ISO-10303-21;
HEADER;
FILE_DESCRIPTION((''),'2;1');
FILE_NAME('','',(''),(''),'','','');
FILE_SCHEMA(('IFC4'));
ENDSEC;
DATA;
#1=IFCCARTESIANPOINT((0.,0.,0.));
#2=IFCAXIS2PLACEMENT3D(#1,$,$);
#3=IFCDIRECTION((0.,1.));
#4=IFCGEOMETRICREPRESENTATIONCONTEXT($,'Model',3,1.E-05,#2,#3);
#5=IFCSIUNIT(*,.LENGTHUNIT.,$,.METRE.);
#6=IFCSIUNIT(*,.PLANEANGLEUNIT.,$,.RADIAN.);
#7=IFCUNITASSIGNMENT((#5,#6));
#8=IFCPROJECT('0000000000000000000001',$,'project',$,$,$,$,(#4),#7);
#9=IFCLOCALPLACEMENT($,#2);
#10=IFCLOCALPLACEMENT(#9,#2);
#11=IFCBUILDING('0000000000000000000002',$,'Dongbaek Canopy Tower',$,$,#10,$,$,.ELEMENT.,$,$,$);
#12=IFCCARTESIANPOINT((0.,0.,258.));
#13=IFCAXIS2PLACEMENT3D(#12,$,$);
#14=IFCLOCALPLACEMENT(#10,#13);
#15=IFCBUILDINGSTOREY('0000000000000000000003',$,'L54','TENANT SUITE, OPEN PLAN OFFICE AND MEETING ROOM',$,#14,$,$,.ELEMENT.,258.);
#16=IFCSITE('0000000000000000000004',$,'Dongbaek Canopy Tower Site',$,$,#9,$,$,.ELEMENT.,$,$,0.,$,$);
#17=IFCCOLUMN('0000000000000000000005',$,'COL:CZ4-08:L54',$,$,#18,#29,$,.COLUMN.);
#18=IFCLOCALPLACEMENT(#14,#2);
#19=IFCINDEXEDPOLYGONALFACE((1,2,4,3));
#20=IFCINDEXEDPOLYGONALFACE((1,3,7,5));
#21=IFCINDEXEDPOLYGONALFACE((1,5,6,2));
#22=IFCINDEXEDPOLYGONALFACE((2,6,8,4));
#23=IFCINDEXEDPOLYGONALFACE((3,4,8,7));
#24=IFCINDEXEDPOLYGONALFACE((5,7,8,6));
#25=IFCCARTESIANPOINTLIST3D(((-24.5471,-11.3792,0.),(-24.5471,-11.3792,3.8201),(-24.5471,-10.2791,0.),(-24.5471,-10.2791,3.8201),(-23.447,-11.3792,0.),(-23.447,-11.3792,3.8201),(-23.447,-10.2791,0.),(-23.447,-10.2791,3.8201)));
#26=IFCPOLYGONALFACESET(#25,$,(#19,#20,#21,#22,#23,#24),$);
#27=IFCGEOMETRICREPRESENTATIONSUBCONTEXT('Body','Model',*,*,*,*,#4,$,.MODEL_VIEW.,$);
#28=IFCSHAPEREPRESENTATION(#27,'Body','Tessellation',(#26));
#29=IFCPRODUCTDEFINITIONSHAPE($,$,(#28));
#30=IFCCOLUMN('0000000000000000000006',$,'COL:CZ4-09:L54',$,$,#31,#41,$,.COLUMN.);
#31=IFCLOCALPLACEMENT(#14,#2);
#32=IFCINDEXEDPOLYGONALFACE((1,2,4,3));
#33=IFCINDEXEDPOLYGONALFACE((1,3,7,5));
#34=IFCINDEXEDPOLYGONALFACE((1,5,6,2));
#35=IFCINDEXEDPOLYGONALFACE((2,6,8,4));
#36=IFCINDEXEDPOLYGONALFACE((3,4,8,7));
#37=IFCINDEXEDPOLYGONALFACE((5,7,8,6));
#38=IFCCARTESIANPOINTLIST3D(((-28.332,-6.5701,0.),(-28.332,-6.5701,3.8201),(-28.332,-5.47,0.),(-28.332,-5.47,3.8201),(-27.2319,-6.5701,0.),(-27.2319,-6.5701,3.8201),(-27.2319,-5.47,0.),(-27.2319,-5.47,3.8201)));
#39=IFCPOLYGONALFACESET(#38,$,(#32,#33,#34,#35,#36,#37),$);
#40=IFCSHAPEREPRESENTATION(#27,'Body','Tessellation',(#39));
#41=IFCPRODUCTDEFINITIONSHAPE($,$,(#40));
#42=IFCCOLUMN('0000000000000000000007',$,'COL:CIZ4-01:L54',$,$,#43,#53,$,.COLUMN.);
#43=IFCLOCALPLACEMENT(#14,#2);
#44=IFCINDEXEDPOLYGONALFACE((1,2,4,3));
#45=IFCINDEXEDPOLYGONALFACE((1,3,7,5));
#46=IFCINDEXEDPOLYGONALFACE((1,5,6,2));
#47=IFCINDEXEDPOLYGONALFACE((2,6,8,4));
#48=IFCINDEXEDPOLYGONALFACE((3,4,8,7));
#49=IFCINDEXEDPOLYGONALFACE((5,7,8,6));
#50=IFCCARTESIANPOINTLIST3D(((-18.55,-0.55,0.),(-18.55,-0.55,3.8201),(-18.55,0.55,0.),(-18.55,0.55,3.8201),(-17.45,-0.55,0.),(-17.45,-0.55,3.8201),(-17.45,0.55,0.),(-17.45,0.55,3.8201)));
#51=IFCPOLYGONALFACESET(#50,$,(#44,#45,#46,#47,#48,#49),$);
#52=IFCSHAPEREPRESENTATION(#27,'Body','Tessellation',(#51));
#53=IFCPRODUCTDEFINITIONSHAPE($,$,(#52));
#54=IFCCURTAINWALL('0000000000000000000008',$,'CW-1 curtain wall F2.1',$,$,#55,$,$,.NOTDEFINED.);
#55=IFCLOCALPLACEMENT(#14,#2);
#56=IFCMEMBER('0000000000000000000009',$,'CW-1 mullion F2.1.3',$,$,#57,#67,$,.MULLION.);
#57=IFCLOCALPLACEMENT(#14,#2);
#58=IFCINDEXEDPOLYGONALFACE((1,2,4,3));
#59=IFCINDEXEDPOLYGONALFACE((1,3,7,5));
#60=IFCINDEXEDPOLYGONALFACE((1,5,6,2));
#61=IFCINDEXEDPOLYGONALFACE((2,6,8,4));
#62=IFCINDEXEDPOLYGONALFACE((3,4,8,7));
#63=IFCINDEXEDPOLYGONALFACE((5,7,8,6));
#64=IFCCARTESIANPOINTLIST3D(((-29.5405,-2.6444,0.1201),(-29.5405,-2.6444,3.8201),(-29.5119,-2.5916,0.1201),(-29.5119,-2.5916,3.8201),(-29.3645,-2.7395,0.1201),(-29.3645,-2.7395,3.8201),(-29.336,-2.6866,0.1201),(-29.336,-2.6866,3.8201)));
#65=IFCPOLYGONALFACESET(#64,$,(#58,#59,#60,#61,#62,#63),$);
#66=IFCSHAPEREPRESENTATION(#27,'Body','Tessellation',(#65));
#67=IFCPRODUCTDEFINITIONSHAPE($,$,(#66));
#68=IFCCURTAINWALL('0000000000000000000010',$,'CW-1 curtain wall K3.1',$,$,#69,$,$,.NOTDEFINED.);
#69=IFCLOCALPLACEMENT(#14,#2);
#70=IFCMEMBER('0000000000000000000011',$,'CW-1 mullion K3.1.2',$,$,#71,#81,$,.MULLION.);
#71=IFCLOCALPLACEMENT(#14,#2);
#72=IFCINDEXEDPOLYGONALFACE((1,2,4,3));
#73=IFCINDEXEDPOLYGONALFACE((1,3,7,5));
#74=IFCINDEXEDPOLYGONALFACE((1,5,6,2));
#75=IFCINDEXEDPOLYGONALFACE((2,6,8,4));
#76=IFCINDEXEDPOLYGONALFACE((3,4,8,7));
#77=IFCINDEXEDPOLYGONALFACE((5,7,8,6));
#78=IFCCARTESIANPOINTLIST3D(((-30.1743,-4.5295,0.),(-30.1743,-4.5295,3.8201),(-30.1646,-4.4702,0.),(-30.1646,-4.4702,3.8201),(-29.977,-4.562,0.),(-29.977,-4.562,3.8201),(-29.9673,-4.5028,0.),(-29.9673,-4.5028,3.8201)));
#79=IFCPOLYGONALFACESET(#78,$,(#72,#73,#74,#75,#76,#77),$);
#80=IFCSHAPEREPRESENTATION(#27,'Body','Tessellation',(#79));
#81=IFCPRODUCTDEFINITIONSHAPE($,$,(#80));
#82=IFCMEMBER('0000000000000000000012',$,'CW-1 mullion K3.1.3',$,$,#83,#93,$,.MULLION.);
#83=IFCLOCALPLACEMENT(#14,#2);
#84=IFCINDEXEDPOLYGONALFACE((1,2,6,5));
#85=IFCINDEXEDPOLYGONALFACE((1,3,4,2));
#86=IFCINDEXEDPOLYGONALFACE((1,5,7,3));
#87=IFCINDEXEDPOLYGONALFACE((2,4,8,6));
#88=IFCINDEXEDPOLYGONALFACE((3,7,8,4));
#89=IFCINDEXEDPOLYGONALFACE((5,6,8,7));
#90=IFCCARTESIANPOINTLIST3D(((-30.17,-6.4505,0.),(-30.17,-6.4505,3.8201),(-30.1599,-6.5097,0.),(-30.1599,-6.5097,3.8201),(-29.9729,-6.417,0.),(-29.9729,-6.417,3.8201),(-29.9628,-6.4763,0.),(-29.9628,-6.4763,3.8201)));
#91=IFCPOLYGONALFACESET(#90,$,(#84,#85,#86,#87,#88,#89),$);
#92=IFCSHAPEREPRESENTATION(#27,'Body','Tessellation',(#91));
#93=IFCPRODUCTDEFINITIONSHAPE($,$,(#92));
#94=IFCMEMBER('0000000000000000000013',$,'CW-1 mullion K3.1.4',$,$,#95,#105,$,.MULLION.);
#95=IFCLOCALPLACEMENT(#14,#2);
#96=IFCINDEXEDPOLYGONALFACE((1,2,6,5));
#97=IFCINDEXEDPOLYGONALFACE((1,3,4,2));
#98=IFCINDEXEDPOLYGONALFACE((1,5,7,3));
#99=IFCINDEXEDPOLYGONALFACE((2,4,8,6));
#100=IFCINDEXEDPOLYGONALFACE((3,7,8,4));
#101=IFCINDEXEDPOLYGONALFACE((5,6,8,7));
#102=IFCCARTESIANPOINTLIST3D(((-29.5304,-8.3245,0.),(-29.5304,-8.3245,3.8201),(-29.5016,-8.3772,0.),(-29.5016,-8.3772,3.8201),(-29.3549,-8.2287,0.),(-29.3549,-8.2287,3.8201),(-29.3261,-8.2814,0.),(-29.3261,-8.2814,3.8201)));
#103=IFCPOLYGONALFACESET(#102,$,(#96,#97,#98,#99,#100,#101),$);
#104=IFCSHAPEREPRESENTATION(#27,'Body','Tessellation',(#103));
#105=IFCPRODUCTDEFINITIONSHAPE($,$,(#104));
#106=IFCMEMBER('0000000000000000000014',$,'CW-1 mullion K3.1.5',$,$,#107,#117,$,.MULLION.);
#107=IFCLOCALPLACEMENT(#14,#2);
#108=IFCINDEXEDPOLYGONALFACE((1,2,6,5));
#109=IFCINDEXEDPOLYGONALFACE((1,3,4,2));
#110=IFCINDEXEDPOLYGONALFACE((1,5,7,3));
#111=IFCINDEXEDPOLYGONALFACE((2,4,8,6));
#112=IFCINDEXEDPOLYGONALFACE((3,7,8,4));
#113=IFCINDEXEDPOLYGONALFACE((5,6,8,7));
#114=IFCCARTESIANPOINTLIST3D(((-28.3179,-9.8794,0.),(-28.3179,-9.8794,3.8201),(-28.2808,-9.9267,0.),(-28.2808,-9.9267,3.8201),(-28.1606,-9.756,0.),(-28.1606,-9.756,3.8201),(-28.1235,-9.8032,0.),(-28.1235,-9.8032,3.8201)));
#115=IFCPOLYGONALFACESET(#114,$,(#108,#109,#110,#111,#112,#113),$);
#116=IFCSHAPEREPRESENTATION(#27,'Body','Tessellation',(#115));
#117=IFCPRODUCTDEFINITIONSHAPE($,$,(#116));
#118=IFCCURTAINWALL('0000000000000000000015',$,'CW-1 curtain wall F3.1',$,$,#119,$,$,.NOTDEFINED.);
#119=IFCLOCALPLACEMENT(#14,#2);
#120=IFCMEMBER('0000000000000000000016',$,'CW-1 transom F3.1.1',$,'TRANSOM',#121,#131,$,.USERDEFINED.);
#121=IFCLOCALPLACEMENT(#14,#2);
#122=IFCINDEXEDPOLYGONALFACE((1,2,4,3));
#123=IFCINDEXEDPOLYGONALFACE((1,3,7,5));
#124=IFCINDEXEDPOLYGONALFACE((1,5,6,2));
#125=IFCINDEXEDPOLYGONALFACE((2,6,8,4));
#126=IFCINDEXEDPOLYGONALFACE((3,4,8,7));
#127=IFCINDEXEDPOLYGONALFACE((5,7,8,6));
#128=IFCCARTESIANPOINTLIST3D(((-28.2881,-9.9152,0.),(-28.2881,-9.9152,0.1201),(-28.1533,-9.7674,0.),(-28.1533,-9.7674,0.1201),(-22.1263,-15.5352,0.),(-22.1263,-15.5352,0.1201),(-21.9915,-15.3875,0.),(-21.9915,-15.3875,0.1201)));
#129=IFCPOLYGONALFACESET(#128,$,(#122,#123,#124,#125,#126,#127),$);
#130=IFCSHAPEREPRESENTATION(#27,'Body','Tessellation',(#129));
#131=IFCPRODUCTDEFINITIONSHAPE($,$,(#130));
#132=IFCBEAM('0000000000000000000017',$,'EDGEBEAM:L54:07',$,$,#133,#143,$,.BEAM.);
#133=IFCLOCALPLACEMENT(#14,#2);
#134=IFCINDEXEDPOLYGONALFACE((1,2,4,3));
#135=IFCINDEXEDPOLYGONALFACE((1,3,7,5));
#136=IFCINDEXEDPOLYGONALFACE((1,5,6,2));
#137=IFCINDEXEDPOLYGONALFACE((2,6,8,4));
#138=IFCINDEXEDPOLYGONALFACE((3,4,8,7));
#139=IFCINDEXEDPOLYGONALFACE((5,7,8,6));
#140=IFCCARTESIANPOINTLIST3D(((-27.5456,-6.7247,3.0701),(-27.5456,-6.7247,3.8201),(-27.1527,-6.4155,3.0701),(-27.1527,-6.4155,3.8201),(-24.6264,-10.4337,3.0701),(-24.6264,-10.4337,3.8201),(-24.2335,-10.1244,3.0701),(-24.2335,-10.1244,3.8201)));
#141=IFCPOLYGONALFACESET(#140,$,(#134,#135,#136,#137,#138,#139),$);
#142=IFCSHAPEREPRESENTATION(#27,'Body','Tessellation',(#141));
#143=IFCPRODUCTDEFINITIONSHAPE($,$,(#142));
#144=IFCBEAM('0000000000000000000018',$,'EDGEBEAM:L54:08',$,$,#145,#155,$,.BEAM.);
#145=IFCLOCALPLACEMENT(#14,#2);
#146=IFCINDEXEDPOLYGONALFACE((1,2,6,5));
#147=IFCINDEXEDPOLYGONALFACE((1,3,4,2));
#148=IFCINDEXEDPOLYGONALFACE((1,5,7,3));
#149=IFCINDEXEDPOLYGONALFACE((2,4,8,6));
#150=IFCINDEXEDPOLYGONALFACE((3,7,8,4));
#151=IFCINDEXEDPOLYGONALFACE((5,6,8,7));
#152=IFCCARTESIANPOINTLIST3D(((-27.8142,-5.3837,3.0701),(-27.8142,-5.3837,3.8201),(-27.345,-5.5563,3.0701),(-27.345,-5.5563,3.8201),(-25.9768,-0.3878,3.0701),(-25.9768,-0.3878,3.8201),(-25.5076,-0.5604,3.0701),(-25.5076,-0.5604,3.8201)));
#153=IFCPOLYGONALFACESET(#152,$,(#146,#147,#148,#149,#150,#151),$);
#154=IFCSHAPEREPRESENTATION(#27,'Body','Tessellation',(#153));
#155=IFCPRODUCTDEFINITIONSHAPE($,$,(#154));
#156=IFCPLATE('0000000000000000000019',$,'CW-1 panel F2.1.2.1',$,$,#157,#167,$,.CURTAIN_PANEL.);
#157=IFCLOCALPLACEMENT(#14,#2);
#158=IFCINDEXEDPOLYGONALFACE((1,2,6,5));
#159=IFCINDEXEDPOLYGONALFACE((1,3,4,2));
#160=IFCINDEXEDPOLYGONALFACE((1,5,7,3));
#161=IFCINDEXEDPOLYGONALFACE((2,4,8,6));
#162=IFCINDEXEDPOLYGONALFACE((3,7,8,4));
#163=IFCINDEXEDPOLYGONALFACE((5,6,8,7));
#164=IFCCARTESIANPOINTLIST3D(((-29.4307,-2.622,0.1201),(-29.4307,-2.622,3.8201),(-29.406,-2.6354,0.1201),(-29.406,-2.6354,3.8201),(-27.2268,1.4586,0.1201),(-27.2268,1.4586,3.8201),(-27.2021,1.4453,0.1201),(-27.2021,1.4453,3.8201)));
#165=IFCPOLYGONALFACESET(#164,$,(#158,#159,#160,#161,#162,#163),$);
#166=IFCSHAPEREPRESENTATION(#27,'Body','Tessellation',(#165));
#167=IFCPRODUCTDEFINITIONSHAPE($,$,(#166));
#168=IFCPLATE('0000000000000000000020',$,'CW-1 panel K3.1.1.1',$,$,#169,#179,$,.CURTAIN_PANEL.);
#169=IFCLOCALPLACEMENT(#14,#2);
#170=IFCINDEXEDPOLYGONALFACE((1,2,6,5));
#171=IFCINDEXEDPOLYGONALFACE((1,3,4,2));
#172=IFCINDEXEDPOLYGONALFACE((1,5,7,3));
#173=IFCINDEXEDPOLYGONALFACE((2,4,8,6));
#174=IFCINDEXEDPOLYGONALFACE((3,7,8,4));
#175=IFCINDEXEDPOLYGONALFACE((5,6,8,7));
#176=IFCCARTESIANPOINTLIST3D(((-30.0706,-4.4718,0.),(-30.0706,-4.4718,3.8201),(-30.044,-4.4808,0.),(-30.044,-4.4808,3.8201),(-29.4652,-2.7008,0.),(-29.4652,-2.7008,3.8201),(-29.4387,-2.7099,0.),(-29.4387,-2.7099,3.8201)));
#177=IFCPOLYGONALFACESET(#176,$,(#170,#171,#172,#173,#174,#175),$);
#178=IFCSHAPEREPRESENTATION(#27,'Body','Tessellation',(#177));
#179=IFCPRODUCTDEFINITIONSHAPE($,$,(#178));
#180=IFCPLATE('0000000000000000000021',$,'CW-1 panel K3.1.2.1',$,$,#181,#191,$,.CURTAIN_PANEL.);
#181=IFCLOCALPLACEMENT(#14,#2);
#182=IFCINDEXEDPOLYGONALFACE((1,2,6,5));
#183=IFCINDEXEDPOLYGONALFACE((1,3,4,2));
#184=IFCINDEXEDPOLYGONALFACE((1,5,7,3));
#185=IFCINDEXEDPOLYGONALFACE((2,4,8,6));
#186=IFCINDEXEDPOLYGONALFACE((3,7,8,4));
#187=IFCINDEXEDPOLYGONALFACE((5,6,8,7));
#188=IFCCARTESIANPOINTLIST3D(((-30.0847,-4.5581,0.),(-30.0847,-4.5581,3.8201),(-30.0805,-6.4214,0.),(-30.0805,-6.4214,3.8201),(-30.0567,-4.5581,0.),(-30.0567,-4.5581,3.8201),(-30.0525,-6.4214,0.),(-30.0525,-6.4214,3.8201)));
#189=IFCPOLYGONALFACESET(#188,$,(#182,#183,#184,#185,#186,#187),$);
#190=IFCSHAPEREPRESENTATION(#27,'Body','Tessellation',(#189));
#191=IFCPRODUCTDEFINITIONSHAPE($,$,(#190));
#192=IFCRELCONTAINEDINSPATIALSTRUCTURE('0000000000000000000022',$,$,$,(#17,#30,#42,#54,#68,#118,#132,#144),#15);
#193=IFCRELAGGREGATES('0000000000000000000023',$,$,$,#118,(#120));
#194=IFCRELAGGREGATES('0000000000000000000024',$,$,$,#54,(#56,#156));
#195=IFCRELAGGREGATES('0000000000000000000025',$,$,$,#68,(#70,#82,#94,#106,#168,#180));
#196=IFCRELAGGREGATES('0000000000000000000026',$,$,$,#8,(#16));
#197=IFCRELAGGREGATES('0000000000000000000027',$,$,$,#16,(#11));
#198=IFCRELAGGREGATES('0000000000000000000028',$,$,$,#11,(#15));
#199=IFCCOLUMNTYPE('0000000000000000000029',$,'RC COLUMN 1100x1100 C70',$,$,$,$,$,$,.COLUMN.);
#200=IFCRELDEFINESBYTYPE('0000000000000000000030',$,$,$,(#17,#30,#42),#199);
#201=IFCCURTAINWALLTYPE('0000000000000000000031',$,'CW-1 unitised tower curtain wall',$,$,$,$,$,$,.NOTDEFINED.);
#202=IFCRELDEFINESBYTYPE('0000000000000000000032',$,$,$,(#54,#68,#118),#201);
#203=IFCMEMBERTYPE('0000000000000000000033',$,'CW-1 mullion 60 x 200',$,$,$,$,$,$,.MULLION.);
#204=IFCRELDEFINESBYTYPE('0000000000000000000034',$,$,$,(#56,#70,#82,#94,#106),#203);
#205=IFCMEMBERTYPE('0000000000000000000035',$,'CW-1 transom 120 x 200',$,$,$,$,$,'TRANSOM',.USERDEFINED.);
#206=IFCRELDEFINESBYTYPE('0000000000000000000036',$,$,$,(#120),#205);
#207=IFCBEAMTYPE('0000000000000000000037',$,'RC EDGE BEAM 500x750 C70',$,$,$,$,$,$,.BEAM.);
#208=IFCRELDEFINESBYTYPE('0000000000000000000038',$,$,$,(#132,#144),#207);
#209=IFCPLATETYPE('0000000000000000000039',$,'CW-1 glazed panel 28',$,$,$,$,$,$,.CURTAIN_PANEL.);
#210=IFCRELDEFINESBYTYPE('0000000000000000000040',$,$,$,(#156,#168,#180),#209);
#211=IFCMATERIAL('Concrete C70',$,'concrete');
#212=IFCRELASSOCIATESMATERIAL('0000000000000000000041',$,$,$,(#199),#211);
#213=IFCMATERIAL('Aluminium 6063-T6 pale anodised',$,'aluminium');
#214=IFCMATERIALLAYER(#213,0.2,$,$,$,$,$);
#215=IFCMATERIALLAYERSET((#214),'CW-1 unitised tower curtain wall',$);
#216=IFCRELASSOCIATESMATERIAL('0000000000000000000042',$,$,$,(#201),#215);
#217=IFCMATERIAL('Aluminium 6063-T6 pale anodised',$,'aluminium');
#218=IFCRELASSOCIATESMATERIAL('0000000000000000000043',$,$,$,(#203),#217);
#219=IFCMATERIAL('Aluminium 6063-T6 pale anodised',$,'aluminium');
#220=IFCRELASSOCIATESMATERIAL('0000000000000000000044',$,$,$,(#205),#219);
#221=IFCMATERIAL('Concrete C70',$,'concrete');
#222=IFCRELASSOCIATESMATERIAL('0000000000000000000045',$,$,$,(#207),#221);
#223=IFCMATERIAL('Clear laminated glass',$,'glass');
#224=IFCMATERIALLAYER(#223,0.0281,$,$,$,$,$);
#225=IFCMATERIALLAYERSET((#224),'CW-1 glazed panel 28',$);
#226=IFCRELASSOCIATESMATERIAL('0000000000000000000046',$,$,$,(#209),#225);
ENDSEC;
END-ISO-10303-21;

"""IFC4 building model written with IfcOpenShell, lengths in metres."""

from ifc_helpers import new_model, si_unit, direction, frame, origin, origin_2d, place, context, subcontext, project, spatial, rectangle, extrude, material, layer, layer_set, material_profile, profile_set, type_object, element, aggregate, save


model = new_model("IFC4")

# Units and contexts
model_context = context("Model", 3, precision=1e-05, world=origin(), true_north=direction((0.0, 1.0)))
body_context = subcontext(model_context, "Body", "Model", "MODEL_VIEW")
ifc_project = project(units=[si_unit("LENGTHUNIT", "METRE"), si_unit("PLANEANGLEUNIT", "RADIAN")], contexts=[model_context])

# Site, building, storey
site_placement = place(None, origin())
site = spatial("IfcSite", under=ifc_project, at=site_placement, Name="Dongbaek Canopy Tower Site", CompositionType="ELEMENT", RefElevation=0.0)
building_placement = place(site_placement, origin())
building = spatial("IfcBuilding", under=site, at=building_placement, Name="Dongbaek Canopy Tower", CompositionType="ELEMENT")
storey_placement = place(building_placement, frame((0.0, 0.0, 258.0)))
storey = spatial("IfcBuildingStorey", under=building, at=storey_placement, Name="L54", Description="TENANT SUITE, OPEN PLAN OFFICE AND MEETING ROOM", CompositionType="ELEMENT", Elevation=258.0)

# Columns
ifc_material_1 = material(Name="Concrete C70", Category="concrete")
ifc_material_profile_1 = material_profile(ifc_material_1, rectangle(XDim=1.1001, YDim=1.1001, at=origin_2d()), Name="RC COLUMN 1100x1100 C70")
ifc_profile_set_1 = profile_set([ifc_material_profile_1], Name="Concrete C70")
column_type = type_object("IfcColumnType", Name="RC COLUMN 1100x1100 C70", PredefinedType="COLUMN", material=ifc_profile_set_1)
for number, where, z_axis, x_axis, name in (
    (1, (-23.9971, -10.8291, 0.0), (0.0, 0.0, 1.0), (1.0, 0.0, 0.0), "COL:CZ4-08:L54"),
    (2, (-27.782, -6.02, 0.0), (0.0, 0.0, 1.0), (1.0, 0.0, 0.0), "COL:CZ4-09:L54"),
    (3, (-18.0, 0.0, 0.0), (0.0, 0.0, 1.0), (1.0, 0.0, 0.0), "COL:CIZ4-01:L54"),
):
    element("IfcColumn", number, at=place(storey_placement, frame(where, z_axis=z_axis, x_axis=x_axis)), inside=storey, type_object=column_type, Name=name, PredefinedType="COLUMN", context=body_context, shape_type="SweptSolid", body=[
        extrude(rectangle(XDim=1.1001, YDim=1.1001, at=origin_2d()), origin(), (0.0, 0.0, 1.0), 3.8201),
    ])

# Curtain wall, member
ifc_material_2 = material(Name="Aluminium 6063-T6 pale anodised", Category="aluminium")
ifc_layer_1 = layer(ifc_material_2, 0.2)
ifc_layer_set_1 = layer_set([ifc_layer_1], Name="CW-1 unitised tower curtain wall")
curtain_wall_type = type_object("IfcCurtainWallType", Name="CW-1 unitised tower curtain wall", PredefinedType="NOTDEFINED", material=ifc_layer_set_1)
curtain_wall_1_placement = place(storey_placement, origin())
curtain_wall_1 = element("IfcCurtainWall", 4, at=curtain_wall_1_placement, inside=storey, type_object=curtain_wall_type, Name="CW-1 curtain wall F2.1", PredefinedType="NOTDEFINED")
ifc_material_3 = material(Name="Aluminium 6063-T6 pale anodised", Category="aluminium")
ifc_material_profile_2 = material_profile(ifc_material_3, rectangle(XDim=0.2, YDim=0.0601, at=origin_2d()), Name="CW-1 mullion 60 x 200")
ifc_profile_set_2 = profile_set([ifc_material_profile_2], Name="Aluminium 6063-T6 pale anodised")
member_type_1 = type_object("IfcMemberType", Name="CW-1 mullion 60 x 200", PredefinedType="MULLION", material=ifc_profile_set_2)
member_1_placement = place(storey_placement, frame((-29.4382, -2.6655, 0.1201), z_axis=(0.0, 0.0, 1.0), x_axis=(-0.879877, 0.475202, 0.0)))
member_1 = element("IfcMember", 5, at=member_1_placement, type_object=member_type_1, Name="CW-1 mullion F2.1.3", PredefinedType="MULLION", context=body_context, shape_type="SweptSolid", body=[
    extrude(rectangle(XDim=0.2, YDim=0.0601, at=origin_2d()), origin(), (0.0, 0.0, 1.0), 3.7),
])

# Curtain wall, members
curtain_wall_2_placement = place(storey_placement, origin())
curtain_wall_2 = element("IfcCurtainWall", 6, at=curtain_wall_2_placement, inside=storey, type_object=curtain_wall_type, Name="CW-1 curtain wall K3.1", PredefinedType="NOTDEFINED")
member_2_placement = place(storey_placement, frame((-30.0708, -4.5161, 0.0), z_axis=(0.0, 0.0, 1.0), x_axis=(-0.986654, 0.162829, 0.0)))
member_2 = element("IfcMember", 7, at=member_2_placement, type_object=member_type_1, Name="CW-1 mullion K3.1.2", PredefinedType="MULLION", context=body_context, shape_type="SweptSolid", body=[
    extrude(rectangle(XDim=0.2, YDim=0.0601, at=origin_2d()), origin(), (0.0, 0.0, 1.0), 3.8201),
])
member_3_placement = place(storey_placement, frame((-30.0664, -6.4634, 0.0), z_axis=(0.0, 0.0, 1.0), x_axis=(-0.985908, -0.167288, 0.0)))
member_3 = element("IfcMember", 8, at=member_3_placement, type_object=member_type_1, Name="CW-1 mullion K3.1.3", PredefinedType="MULLION", context=body_context, shape_type="SweptSolid", body=[
    extrude(rectangle(XDim=0.2, YDim=0.0601, at=origin_2d()), origin(), (0.0, 0.0, 1.0), 3.8201),
])
member_4_placement = place(storey_placement, frame((-29.4282, -8.303, 0.0), z_axis=(0.0, 0.0, 1.0), x_axis=(-0.87772, -0.479174, 0.0)))
member_4 = element("IfcMember", 9, at=member_4_placement, type_object=member_type_1, Name="CW-1 mullion K3.1.4", PredefinedType="MULLION", context=body_context, shape_type="SweptSolid", body=[
    extrude(rectangle(XDim=0.2, YDim=0.0601, at=origin_2d()), origin(), (0.0, 0.0, 1.0), 3.8201),
])
member_5_placement = place(storey_placement, frame((-28.2207, -9.8413, 0.0), z_axis=(0.0, 0.0, 1.0), x_axis=(-0.786589, -0.617477, 0.0)))
member_5 = element("IfcMember", 10, at=member_5_placement, type_object=member_type_1, Name="CW-1 mullion K3.1.5", PredefinedType="MULLION", context=body_context, shape_type="SweptSolid", body=[
    extrude(rectangle(XDim=0.2, YDim=0.0601, at=origin_2d()), origin(), (0.0, 0.0, 1.0), 3.8201),
])

# Curtain wall, member
curtain_wall_3_placement = place(storey_placement, origin())
curtain_wall_3 = element("IfcCurtainWall", 11, at=curtain_wall_3_placement, inside=storey, type_object=curtain_wall_type, Name="CW-1 curtain wall F3.1", PredefinedType="NOTDEFINED")
ifc_material_4 = material(Name="Aluminium 6063-T6 pale anodised", Category="aluminium")
ifc_material_profile_3 = material_profile(ifc_material_4, rectangle(XDim=0.2, YDim=0.1201, at=origin_2d()), Name="CW-1 transom 120 x 200")
ifc_profile_set_3 = profile_set([ifc_material_profile_3], Name="Aluminium 6063-T6 pale anodised")
member_type_2 = type_object("IfcMemberType", Name="CW-1 transom 120 x 200", ElementType="TRANSOM", PredefinedType="USERDEFINED", material=ifc_profile_set_3)
member_6_placement = place(storey_placement, frame((-28.2207, -9.8413, 0.0601), z_axis=(0.73884, -0.673881, 0.0), x_axis=(0.673881, 0.73884, 0.0)))
member_6 = element("IfcMember", 12, at=member_6_placement, type_object=member_type_2, Name="CW-1 transom F3.1.1", ObjectType="TRANSOM", PredefinedType="USERDEFINED", context=body_context, shape_type="SweptSolid", body=[
    extrude(rectangle(XDim=0.2, YDim=0.1201, at=origin_2d()), origin(), (0.0, 0.0, 1.0), 8.3398),
])
aggregate(curtain_wall_3, [member_6])

# Beams
ifc_material_5 = material(Name="Concrete C70", Category="concrete")
ifc_material_profile_4 = material_profile(ifc_material_5, rectangle(XDim=0.5, YDim=0.75, at=origin_2d()), Name="RC EDGE BEAM 500x750 C70")
ifc_profile_set_4 = profile_set([ifc_material_profile_4], Name="Concrete C70")
beam_type = type_object("IfcBeamType", Name="RC EDGE BEAM 500x750 C70", PredefinedType="BEAM", material=ifc_profile_set_4)
beam_1_placement = place(storey_placement, frame((-24.4299, -10.2791, 3.4451), z_axis=(-0.618475, 0.785805, 0.0), x_axis=(-0.785805, -0.618475, 0.0)))
element("IfcBeam", 13, at=beam_1_placement, inside=storey, type_object=beam_type, Name="EDGEBEAM:L54:07", PredefinedType="BEAM", context=body_context, shape_type="SweptSolid", body=[
    extrude(rectangle(XDim=0.5, YDim=0.75, at=origin_2d()), origin(), (0.0, 0.0, 1.0), 4.72),
])
beam_2_placement = place(storey_placement, frame((-27.5796, -5.47, 3.4451), z_axis=(0.34518, 0.938536, 0.0), x_axis=(-0.938536, 0.34518, 0.0)))
element("IfcBeam", 14, at=beam_2_placement, inside=storey, type_object=beam_type, Name="EDGEBEAM:L54:08", PredefinedType="BEAM", context=body_context, shape_type="SweptSolid", body=[
    extrude(rectangle(XDim=0.5, YDim=0.75, at=origin_2d()), origin(), (0.0, 0.0, 1.0), 5.323),
])

# Plates
ifc_material_6 = material(Name="Clear laminated glass", Category="glass")
ifc_layer_2 = layer(ifc_material_6, 0.0281)
ifc_layer_set_2 = layer_set([ifc_layer_2], Name="CW-1 glazed panel 28")
plate_type = type_object("IfcPlateType", Name="CW-1 glazed panel 28", PredefinedType="CURTAIN_PANEL", material=ifc_layer_set_2)
plate_1_placement = place(storey_placement, frame((-28.3164, -0.5884, 0.1201), z_axis=(0.0, 0.0, 1.0), x_axis=(-0.475202, -0.879877, 0.0)))
plate_1 = element("IfcPlate", 15, at=plate_1_placement, type_object=plate_type, Name="CW-1 panel F2.1.2.1", PredefinedType="CURTAIN_PANEL", context=body_context, shape_type="SweptSolid", body=[
    extrude(rectangle(XDim=4.6377, YDim=0.0281, at=origin_2d()), origin(), (0.0, 0.0, 1.0), 3.7),
])
plate_2_placement = place(storey_placement, frame((-29.7546, -3.5908, 0.0), z_axis=(0.0, 0.0, 1.0), x_axis=(-0.323452, -0.946245, 0.0)))
plate_2 = element("IfcPlate", 16, at=plate_2_placement, type_object=plate_type, Name="CW-1 panel K3.1.1.1", PredefinedType="CURTAIN_PANEL", context=body_context, shape_type="SweptSolid", body=[
    extrude(rectangle(XDim=1.8716, YDim=0.0281, at=origin_2d()), origin(), (0.0, 0.0, 1.0), 3.8201),
])
plate_3_placement = place(storey_placement, frame((-30.0686, -5.4897, 0.0), z_axis=(0.0, 0.0, 1.0), x_axis=(0.00226, -0.999997, 0.0)))
plate_3 = element("IfcPlate", 17, at=plate_3_placement, type_object=plate_type, Name="CW-1 panel K3.1.2.1", PredefinedType="CURTAIN_PANEL", context=body_context, shape_type="SweptSolid", body=[
    extrude(rectangle(XDim=1.8633, YDim=0.0281, at=origin_2d()), origin(), (0.0, 0.0, 1.0), 3.8201),
])

aggregate(curtain_wall_1, [member_1, plate_1])
aggregate(curtain_wall_2, [member_2, member_3, member_4, member_5, plate_2, plate_3])

save(model, "model.ifc")
